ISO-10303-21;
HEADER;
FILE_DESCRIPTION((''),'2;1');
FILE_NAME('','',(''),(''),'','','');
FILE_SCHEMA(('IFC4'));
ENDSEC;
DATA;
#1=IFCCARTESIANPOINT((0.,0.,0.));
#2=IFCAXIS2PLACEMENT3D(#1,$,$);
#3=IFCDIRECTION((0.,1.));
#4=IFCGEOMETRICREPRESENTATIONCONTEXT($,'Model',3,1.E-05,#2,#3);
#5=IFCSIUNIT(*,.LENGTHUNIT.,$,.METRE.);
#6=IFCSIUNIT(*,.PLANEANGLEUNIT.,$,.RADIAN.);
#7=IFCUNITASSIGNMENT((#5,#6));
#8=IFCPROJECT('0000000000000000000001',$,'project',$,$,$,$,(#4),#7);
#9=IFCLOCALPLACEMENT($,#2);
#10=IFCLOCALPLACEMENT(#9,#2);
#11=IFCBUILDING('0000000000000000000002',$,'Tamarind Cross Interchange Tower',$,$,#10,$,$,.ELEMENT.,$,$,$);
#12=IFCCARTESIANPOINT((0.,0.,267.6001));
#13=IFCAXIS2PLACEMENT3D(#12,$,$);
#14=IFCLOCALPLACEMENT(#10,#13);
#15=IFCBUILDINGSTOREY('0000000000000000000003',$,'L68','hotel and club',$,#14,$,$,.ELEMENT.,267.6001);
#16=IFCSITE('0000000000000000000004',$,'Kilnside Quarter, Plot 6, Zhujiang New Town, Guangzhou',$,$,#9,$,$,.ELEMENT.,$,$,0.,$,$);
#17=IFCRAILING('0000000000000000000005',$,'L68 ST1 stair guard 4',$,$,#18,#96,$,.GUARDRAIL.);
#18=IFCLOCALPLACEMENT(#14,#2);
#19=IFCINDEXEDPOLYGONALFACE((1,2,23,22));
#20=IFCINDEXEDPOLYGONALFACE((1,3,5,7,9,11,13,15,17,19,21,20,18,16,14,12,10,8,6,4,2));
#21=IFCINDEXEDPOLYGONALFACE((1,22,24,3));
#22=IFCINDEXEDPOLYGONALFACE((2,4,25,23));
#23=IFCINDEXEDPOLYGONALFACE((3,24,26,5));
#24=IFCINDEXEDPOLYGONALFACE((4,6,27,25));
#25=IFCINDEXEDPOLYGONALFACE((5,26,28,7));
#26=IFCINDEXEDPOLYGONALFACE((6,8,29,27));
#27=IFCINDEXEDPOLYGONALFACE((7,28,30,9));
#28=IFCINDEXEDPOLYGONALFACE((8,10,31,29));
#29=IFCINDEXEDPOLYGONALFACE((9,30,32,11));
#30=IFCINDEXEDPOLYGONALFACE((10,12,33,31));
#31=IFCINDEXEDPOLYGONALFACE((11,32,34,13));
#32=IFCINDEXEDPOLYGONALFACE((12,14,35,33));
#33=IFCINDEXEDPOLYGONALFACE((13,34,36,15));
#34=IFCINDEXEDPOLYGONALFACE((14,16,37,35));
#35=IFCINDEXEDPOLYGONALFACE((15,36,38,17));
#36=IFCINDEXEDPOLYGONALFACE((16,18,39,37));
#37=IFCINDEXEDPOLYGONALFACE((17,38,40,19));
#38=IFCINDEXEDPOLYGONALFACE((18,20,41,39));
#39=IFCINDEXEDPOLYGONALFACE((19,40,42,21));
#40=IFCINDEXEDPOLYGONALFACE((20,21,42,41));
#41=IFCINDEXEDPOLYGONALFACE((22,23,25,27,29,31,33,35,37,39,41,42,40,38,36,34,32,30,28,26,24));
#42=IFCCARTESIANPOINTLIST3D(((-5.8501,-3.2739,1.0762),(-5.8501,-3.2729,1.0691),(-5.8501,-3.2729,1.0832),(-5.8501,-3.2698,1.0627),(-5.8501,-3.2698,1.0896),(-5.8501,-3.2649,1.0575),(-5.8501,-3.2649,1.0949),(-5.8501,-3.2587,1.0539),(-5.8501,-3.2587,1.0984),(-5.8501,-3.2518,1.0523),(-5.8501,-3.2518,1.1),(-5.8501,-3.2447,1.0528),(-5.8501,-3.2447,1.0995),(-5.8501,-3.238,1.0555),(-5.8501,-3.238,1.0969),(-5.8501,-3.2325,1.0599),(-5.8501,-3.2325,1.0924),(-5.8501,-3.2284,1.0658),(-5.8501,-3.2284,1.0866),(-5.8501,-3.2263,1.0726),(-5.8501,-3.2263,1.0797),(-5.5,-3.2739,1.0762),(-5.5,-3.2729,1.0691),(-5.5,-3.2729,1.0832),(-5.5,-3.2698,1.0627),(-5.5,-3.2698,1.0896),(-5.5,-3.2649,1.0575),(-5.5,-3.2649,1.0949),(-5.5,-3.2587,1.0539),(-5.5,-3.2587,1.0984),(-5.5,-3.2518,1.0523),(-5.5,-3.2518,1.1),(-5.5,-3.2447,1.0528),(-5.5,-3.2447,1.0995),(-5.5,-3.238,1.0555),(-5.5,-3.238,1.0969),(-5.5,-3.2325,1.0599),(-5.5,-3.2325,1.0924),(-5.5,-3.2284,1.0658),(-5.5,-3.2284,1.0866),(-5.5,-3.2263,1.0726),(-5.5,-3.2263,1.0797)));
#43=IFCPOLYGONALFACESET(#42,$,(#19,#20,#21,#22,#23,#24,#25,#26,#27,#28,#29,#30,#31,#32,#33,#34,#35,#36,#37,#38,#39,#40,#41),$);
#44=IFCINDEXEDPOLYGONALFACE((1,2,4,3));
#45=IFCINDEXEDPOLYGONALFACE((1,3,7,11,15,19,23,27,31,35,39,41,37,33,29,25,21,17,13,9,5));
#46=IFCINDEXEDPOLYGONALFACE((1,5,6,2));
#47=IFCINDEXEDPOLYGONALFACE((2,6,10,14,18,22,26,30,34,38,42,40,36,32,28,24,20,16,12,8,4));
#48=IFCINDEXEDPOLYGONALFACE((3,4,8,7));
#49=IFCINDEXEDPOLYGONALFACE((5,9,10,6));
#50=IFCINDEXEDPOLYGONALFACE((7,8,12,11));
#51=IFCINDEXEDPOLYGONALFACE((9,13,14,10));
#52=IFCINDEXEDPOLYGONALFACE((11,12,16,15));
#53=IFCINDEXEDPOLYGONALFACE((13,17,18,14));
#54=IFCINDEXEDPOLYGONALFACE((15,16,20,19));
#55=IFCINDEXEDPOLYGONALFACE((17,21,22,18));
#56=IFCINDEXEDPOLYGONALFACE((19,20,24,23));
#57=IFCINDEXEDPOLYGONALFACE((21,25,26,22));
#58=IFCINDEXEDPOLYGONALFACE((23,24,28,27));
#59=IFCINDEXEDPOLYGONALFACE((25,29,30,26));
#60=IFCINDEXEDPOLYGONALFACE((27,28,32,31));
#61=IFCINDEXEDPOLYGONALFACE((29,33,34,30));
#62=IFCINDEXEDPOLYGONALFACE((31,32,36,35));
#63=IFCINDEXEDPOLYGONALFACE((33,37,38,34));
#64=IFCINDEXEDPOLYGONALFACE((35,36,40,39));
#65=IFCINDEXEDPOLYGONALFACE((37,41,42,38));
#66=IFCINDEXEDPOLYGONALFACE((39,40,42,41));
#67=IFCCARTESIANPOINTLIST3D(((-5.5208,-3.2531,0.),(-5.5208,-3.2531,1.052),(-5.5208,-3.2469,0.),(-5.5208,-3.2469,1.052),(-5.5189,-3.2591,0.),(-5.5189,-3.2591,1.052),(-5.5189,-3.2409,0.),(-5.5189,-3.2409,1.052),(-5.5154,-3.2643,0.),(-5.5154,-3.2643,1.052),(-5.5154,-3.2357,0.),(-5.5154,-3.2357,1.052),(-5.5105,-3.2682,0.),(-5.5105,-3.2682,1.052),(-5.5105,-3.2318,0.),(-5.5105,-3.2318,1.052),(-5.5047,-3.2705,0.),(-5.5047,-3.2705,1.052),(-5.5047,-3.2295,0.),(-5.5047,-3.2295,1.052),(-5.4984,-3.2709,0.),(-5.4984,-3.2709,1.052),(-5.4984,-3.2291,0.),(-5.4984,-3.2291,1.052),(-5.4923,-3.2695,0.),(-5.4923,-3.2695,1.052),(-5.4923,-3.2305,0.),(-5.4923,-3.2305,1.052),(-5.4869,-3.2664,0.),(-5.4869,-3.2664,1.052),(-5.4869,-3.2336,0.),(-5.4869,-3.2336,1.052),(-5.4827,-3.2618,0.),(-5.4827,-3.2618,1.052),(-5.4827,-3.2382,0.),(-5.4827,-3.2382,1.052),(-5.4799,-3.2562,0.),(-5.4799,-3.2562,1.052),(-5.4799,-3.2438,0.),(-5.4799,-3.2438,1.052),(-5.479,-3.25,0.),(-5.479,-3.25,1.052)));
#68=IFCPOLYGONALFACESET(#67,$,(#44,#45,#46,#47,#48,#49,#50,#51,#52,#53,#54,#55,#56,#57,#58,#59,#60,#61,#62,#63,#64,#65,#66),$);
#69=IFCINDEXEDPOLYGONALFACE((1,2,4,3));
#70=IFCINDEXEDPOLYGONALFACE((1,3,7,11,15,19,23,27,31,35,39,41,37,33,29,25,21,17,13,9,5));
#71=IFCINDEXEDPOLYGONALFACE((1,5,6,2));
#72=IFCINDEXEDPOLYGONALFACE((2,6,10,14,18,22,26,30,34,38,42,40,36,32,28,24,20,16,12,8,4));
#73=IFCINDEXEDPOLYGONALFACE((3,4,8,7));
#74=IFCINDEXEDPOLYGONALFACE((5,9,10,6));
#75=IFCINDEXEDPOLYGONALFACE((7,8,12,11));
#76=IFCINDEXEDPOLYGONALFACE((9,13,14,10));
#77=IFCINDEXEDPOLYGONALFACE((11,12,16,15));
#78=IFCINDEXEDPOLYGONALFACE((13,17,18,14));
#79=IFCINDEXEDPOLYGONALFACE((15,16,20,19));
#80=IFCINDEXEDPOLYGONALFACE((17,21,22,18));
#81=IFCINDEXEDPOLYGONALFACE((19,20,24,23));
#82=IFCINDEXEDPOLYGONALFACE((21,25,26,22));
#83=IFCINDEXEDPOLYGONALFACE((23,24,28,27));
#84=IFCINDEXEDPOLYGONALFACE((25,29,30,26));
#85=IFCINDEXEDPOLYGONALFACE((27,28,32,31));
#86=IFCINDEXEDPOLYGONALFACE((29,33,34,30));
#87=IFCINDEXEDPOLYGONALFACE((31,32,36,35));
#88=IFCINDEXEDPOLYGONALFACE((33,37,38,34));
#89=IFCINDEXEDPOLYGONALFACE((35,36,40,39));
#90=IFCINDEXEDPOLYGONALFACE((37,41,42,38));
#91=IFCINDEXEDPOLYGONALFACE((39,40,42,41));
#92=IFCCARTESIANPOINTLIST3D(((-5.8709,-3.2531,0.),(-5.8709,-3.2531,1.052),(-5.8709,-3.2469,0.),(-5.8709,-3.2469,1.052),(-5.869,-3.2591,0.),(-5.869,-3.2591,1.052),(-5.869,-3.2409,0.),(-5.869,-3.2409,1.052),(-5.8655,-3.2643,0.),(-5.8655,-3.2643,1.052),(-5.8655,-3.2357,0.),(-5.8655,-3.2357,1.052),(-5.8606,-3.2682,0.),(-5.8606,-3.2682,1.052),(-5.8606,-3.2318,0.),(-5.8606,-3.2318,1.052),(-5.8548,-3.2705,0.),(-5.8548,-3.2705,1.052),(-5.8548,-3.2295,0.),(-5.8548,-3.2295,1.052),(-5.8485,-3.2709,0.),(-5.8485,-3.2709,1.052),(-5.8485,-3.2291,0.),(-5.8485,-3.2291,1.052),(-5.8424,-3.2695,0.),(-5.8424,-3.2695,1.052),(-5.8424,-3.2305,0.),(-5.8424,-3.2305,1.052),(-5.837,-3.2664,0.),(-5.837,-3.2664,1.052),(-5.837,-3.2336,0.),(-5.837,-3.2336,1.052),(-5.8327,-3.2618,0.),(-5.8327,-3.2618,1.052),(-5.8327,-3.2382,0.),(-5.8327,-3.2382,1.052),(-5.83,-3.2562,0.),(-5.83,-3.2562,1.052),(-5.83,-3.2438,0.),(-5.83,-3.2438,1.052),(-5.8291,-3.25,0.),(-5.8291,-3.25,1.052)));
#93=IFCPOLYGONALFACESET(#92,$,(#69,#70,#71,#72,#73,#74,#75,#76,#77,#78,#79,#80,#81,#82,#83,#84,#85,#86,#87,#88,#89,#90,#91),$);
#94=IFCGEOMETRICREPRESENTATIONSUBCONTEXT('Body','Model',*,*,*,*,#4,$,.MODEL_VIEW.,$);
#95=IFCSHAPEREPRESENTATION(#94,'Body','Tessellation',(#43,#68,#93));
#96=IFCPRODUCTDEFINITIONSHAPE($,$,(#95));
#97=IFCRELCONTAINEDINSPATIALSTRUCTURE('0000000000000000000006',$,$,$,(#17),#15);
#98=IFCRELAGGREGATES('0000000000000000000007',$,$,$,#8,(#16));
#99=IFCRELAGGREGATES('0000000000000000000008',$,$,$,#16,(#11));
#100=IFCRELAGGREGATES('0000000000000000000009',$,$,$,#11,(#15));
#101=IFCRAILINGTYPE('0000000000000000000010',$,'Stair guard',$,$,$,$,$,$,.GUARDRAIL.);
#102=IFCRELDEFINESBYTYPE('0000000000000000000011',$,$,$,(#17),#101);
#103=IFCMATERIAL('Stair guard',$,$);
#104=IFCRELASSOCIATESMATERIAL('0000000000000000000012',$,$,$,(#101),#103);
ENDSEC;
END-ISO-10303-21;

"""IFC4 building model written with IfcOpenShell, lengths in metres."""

from ifc_helpers import new_model, si_unit, direction, frame, origin, origin_2d, place, context, subcontext, project, spatial, circle, extrude, material, type_object, element, save


model = new_model("IFC4")

# Units and contexts
model_context = context("Model", 3, precision=1e-05, world=origin(), true_north=direction((0.0, 1.0)))
body_context = subcontext(model_context, "Body", "Model", "MODEL_VIEW")
ifc_project = project(units=[si_unit("LENGTHUNIT", "METRE"), si_unit("PLANEANGLEUNIT", "RADIAN")], contexts=[model_context])

# Site, building, storey
site_placement = place(None, origin())
site = spatial("IfcSite", under=ifc_project, at=site_placement, Name="Kilnside Quarter, Plot 6, Zhujiang New Town, Guangzhou", CompositionType="ELEMENT", RefElevation=0.0)
building_placement = place(site_placement, origin())
building = spatial("IfcBuilding", under=site, at=building_placement, Name="Tamarind Cross Interchange Tower", CompositionType="ELEMENT")
storey_placement = place(building_placement, frame((0.0, 0.0, 267.6001)))
storey = spatial("IfcBuildingStorey", under=building, at=storey_placement, Name="L68", Description="hotel and club", CompositionType="ELEMENT", Elevation=267.6001)

# Railing
ifc_material_1 = material(Name="Stair guard")
railing_type_1 = type_object("IfcRailingType", Name="Stair guard", PredefinedType="GUARDRAIL", material=ifc_material_1)
railing_1_placement = place(storey_placement, frame((-5.5, -3.25, 0.0)))
element("IfcRailing", 1, at=railing_1_placement, inside=storey, type_object=railing_type_1, Name="L68 ST1 stair guard 4", PredefinedType="GUARDRAIL", context=body_context, shape_type="SweptSolid", body=[
    extrude(circle(Radius=0.0239, at=origin_2d()), frame((0.0, 0.0, 1.0762), z_axis=(-1.0, 0.0, 0.0), x_axis=(0.0, -1.0, 0.0)), (0.0, 0.0, 1.0), 0.3501),
    extrude(circle(Radius=0.021, at=origin_2d()), origin(), (0.0, 0.0, 1.0), 1.052),
    extrude(circle(Radius=0.021, at=origin_2d()), frame((-0.3501, 0.0, 0.0)), (0.0, 0.0, 1.0), 1.052),
])

save(model, "model.ifc")
